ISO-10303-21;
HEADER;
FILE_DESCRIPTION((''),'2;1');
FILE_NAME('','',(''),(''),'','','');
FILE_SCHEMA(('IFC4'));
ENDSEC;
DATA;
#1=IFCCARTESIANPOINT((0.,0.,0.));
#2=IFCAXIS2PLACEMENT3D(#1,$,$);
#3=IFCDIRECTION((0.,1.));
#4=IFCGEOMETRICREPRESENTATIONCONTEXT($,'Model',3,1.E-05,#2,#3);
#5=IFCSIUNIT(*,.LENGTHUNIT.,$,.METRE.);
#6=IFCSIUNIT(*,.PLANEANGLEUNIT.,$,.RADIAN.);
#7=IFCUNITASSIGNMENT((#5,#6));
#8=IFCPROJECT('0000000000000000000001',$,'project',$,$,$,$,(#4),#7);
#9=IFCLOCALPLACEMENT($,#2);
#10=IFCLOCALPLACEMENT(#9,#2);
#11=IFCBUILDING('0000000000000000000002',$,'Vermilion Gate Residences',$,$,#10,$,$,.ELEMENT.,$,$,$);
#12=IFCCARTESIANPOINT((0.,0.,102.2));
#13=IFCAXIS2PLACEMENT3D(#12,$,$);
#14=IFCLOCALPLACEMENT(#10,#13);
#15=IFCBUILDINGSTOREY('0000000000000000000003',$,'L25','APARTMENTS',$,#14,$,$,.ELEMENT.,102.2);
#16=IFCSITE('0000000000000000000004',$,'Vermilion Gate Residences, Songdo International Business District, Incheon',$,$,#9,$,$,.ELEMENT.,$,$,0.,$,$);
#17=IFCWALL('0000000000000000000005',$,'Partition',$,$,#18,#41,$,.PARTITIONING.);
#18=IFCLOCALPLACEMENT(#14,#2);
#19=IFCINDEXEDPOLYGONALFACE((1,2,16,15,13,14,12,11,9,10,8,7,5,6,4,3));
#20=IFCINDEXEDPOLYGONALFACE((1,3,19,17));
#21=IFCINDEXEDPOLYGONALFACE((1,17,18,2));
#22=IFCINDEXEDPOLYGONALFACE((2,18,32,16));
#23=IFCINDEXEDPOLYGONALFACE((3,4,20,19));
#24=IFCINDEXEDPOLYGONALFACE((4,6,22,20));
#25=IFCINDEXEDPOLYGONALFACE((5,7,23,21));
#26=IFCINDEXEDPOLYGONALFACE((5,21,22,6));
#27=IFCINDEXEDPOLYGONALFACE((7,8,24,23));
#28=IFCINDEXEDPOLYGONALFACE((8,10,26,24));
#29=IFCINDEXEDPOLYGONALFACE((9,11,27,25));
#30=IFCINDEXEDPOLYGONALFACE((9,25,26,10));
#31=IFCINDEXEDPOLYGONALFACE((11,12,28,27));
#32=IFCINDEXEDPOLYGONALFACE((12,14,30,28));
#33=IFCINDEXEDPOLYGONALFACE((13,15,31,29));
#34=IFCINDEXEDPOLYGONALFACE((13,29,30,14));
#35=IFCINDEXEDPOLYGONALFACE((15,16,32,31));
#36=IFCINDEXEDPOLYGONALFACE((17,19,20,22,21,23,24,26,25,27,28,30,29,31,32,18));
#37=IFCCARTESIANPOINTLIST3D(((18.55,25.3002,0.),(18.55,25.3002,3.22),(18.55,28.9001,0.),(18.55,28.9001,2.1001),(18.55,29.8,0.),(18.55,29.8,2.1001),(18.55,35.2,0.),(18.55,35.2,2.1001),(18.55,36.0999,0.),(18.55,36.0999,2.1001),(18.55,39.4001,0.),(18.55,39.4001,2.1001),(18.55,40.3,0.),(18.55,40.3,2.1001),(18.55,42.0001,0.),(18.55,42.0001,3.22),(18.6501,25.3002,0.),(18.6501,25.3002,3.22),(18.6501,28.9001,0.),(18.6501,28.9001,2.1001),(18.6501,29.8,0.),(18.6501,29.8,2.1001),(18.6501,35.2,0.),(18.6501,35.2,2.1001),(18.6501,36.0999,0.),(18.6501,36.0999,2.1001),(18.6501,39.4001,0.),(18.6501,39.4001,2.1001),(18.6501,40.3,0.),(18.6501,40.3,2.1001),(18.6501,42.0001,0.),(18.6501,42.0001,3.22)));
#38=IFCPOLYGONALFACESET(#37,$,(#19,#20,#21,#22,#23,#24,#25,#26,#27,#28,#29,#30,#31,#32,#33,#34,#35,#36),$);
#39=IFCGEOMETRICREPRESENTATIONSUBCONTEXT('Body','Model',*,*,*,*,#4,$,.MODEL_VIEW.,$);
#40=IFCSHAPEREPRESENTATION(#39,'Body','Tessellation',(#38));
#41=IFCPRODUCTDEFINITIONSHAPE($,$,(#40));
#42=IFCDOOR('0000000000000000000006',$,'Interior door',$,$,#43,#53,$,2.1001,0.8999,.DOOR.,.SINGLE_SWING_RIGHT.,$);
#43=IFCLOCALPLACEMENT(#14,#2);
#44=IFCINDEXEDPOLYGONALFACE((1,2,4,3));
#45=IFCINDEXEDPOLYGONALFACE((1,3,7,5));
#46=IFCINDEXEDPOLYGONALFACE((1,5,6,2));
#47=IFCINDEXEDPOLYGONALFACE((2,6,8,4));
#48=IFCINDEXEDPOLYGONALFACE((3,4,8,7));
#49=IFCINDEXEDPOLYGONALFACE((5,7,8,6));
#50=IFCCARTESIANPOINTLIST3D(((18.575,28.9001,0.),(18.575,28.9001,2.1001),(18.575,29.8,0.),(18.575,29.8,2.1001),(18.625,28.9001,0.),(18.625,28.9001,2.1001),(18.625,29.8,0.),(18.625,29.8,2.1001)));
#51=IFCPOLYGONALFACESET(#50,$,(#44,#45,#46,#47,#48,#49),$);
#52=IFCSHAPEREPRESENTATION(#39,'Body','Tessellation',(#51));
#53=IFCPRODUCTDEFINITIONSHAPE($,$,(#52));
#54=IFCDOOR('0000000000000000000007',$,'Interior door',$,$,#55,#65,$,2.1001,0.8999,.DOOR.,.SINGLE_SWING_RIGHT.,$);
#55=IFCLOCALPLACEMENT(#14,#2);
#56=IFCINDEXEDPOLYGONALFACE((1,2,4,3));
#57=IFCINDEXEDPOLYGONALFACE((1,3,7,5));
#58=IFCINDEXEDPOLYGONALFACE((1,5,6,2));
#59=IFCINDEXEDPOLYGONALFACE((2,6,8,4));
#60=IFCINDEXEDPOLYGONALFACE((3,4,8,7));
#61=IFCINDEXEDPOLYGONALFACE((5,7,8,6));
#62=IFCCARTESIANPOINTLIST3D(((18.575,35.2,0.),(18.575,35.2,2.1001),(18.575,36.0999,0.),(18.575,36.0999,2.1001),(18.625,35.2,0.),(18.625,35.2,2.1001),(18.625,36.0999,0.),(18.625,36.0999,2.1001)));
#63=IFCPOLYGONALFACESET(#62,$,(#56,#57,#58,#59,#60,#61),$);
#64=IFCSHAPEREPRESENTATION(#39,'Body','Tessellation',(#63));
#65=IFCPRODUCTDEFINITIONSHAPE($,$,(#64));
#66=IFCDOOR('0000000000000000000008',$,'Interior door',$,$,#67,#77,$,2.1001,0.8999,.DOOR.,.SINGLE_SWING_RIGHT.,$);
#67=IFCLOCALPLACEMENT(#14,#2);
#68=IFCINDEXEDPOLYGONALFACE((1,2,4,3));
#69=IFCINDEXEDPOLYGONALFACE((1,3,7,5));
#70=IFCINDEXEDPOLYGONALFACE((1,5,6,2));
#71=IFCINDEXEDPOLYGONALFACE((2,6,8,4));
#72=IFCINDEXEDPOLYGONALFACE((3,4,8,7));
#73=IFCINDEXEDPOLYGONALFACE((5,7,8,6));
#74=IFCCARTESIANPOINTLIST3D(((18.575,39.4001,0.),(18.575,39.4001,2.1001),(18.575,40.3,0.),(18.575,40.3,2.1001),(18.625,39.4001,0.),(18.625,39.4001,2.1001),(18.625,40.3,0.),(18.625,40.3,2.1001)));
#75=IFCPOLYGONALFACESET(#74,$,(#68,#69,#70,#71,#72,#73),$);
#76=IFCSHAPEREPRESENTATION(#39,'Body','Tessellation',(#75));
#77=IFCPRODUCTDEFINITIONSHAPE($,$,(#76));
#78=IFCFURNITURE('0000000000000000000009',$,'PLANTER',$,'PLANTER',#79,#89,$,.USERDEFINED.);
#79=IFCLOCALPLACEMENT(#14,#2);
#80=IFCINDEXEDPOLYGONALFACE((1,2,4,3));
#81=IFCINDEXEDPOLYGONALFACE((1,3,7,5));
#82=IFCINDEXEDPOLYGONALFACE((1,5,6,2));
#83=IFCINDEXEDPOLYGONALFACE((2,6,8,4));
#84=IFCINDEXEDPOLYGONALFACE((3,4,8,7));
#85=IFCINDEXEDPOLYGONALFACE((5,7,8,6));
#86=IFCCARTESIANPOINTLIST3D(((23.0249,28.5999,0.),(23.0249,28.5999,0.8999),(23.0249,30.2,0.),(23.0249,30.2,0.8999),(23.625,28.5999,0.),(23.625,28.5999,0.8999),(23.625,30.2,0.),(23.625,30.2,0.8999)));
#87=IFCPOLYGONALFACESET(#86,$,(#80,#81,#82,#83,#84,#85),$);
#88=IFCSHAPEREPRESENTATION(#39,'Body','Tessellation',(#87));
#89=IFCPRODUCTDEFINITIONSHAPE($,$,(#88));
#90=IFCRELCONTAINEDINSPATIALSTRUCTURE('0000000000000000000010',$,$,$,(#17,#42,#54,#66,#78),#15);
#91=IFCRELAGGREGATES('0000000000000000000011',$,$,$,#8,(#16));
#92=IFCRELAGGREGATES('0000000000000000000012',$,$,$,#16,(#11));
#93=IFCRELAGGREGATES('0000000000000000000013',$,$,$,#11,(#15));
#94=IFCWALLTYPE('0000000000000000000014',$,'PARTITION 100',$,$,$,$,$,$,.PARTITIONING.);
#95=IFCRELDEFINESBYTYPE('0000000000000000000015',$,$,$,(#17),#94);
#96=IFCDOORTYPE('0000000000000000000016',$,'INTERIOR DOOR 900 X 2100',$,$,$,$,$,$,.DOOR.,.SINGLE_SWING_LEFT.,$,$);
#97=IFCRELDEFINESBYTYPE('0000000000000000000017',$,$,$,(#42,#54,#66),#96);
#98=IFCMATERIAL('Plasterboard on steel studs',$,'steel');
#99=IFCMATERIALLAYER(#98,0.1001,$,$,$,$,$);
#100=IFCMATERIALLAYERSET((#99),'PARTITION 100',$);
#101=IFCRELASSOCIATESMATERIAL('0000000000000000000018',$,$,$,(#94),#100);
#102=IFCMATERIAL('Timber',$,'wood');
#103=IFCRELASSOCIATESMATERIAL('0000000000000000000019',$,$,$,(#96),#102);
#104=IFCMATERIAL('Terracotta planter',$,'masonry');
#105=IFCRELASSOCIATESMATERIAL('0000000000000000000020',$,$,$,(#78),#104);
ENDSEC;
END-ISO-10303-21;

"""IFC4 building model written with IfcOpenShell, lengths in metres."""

from ifc_helpers import new_model, si_unit, direction, frame, frame_2d, origin, origin_2d, place, context, subcontext, project, spatial, rectangle, extrude, material, layer, layer_set, type_object, element, fill, save


model = new_model("IFC4")

# Units and contexts
model_context = context("Model", 3, precision=1e-05, world=origin(), true_north=direction((0.0, 1.0)))
body_context = subcontext(model_context, "Body", "Model", "MODEL_VIEW")
ifc_project = project(units=[si_unit("LENGTHUNIT", "METRE"), si_unit("PLANEANGLEUNIT", "RADIAN")], contexts=[model_context])

# Site, building, storey
site_placement = place(None, origin())
site = spatial("IfcSite", under=ifc_project, at=site_placement, Name="Vermilion Gate Residences, Songdo International Business District, Incheon", CompositionType="ELEMENT", RefElevation=0.0)
building_placement = place(site_placement, origin())
building = spatial("IfcBuilding", under=site, at=building_placement, Name="Vermilion Gate Residences", CompositionType="ELEMENT")
storey_placement = place(building_placement, frame((0.0, 0.0, 102.2)))
storey = spatial("IfcBuildingStorey", under=building, at=storey_placement, Name="L25", Description="APARTMENTS", CompositionType="ELEMENT", Elevation=102.2)

# Shared definitions
ifc_material_1 = material(Name="Plasterboard on steel studs", Category="steel")
ifc_layer = layer(ifc_material_1, 0.1001)
ifc_layer_set = layer_set([ifc_layer], Name="PARTITION 100")
wall_type = type_object("IfcWallType", Name="PARTITION 100", PredefinedType="PARTITIONING", material=ifc_layer_set)

# Wall, openings, doors
ifc_material_2 = material(Name="Timber", Category="wood")
door_type = type_object("IfcDoorType", Name="INTERIOR DOOR 900 X 2100", OperationType="SINGLE_SWING_LEFT", PredefinedType="DOOR", material=ifc_material_2)
wall_1_placement = place(storey_placement, frame((18.6001, 25.3, 0.0), z_axis=(0.0, 0.0, 1.0), x_axis=(0.0, 1.0, 0.0)))
wall_1 = element("IfcWall", 1, at=wall_1_placement, inside=storey, type_object=wall_type, Name="Partition", PredefinedType="PARTITIONING", context=body_context, shape_type="SweptSolid", body=[
    extrude(rectangle(XDim=16.7, YDim=0.1001, at=frame_2d((8.3501, 0.0))), origin(), (0.0, 0.0, 1.0), 3.22),
])
opening_1_placement = place(wall_1_placement, frame((3.6001, 0.0, 0.0)))
opening_1 = element("IfcOpeningElement", 2, at=opening_1_placement, cuts=wall_1, PredefinedType="OPENING", context=body_context, shape_type="SweptSolid", body=[
    extrude(rectangle(XDim=0.8999, YDim=2.1001, at=frame_2d((0.45, 1.05))), frame((0.0, 0.0601, 0.0), z_axis=(0.0, -1.0, 0.0), x_axis=(1.0, 0.0, 0.0)), (0.0, 0.0, 1.0), 0.1201),
])
opening_2_placement = place(wall_1_placement, frame((9.8999, 0.0, 0.0)))
opening_2 = element("IfcOpeningElement", 3, at=opening_2_placement, cuts=wall_1, PredefinedType="OPENING", context=body_context, shape_type="SweptSolid", body=[
    extrude(rectangle(XDim=0.8999, YDim=2.1001, at=frame_2d((0.45, 1.05))), frame((0.0, 0.0601, 0.0), z_axis=(0.0, -1.0, 0.0), x_axis=(1.0, 0.0, 0.0)), (0.0, 0.0, 1.0), 0.1201),
])
opening_3_placement = place(wall_1_placement, frame((14.1001, 0.0, 0.0)))
opening_3 = element("IfcOpeningElement", 4, at=opening_3_placement, cuts=wall_1, PredefinedType="OPENING", context=body_context, shape_type="SweptSolid", body=[
    extrude(rectangle(XDim=0.8999, YDim=2.1001, at=frame_2d((0.45, 1.05))), frame((0.0, 0.0601, 0.0), z_axis=(0.0, -1.0, 0.0), x_axis=(1.0, 0.0, 0.0)), (0.0, 0.0, 1.0), 0.1201),
])
door_1_placement = place(opening_1_placement, frame((0.8999, 0.0, 0.0), z_axis=(0.0, 0.0, 1.0), x_axis=(-1.0, 0.0, 0.0)))
door_1 = element("IfcDoor", 5, at=door_1_placement, inside=storey, type_object=door_type, Name="Interior door", OperationType="SINGLE_SWING_RIGHT", OverallHeight=2.1001, OverallWidth=0.8999, PredefinedType="DOOR", context=body_context, shape_type="SweptSolid", body=[
    extrude(rectangle(XDim=0.8999, YDim=2.1001, at=frame_2d((0.45, 1.05))), frame((0.0, 0.0249, 0.0), z_axis=(0.0, -1.0, 0.0), x_axis=(1.0, 0.0, 0.0)), (0.0, 0.0, 1.0), 0.05),
])
fill(opening_1, door_1)
door_2_placement = place(opening_2_placement, frame((0.8999, 0.0, 0.0), z_axis=(0.0, 0.0, 1.0), x_axis=(-1.0, 0.0, 0.0)))
door_2 = element("IfcDoor", 6, at=door_2_placement, inside=storey, type_object=door_type, Name="Interior door", OperationType="SINGLE_SWING_RIGHT", OverallHeight=2.1001, OverallWidth=0.8999, PredefinedType="DOOR", context=body_context, shape_type="SweptSolid", body=[
    extrude(rectangle(XDim=0.8999, YDim=2.1001, at=frame_2d((0.45, 1.05))), frame((0.0, 0.0249, 0.0), z_axis=(0.0, -1.0, 0.0), x_axis=(1.0, 0.0, 0.0)), (0.0, 0.0, 1.0), 0.05),
])
fill(opening_2, door_2)
door_3_placement = place(opening_3_placement, frame((0.8999, 0.0, 0.0), z_axis=(0.0, 0.0, 1.0), x_axis=(-1.0, 0.0, 0.0)))
door_3 = element("IfcDoor", 7, at=door_3_placement, inside=storey, type_object=door_type, Name="Interior door", OperationType="SINGLE_SWING_RIGHT", OverallHeight=2.1001, OverallWidth=0.8999, PredefinedType="DOOR", context=body_context, shape_type="SweptSolid", body=[
    extrude(rectangle(XDim=0.8999, YDim=2.1001, at=frame_2d((0.45, 1.05))), frame((0.0, 0.0249, 0.0), z_axis=(0.0, -1.0, 0.0), x_axis=(1.0, 0.0, 0.0)), (0.0, 0.0, 1.0), 0.05),
])
fill(opening_3, door_3)

# Furniture
ifc_material_3 = material(Name="Terracotta planter", Category="masonry")
furniture_placement = place(storey_placement, frame((23.325, 29.3999, 0.0), z_axis=(0.0, 0.0, 1.0), x_axis=(0.0, 1.0, 0.0)))
element("IfcFurniture", 8, at=furniture_placement, inside=storey, material=ifc_material_3, Name="PLANTER", ObjectType="PLANTER", PredefinedType="USERDEFINED", context=body_context, shape_type="SweptSolid", body=[
    extrude(rectangle(XDim=1.6001, YDim=0.6001, at=origin_2d()), origin(), (0.0, 0.0, 1.0), 0.8999),
])

save(model, "model.ifc")
